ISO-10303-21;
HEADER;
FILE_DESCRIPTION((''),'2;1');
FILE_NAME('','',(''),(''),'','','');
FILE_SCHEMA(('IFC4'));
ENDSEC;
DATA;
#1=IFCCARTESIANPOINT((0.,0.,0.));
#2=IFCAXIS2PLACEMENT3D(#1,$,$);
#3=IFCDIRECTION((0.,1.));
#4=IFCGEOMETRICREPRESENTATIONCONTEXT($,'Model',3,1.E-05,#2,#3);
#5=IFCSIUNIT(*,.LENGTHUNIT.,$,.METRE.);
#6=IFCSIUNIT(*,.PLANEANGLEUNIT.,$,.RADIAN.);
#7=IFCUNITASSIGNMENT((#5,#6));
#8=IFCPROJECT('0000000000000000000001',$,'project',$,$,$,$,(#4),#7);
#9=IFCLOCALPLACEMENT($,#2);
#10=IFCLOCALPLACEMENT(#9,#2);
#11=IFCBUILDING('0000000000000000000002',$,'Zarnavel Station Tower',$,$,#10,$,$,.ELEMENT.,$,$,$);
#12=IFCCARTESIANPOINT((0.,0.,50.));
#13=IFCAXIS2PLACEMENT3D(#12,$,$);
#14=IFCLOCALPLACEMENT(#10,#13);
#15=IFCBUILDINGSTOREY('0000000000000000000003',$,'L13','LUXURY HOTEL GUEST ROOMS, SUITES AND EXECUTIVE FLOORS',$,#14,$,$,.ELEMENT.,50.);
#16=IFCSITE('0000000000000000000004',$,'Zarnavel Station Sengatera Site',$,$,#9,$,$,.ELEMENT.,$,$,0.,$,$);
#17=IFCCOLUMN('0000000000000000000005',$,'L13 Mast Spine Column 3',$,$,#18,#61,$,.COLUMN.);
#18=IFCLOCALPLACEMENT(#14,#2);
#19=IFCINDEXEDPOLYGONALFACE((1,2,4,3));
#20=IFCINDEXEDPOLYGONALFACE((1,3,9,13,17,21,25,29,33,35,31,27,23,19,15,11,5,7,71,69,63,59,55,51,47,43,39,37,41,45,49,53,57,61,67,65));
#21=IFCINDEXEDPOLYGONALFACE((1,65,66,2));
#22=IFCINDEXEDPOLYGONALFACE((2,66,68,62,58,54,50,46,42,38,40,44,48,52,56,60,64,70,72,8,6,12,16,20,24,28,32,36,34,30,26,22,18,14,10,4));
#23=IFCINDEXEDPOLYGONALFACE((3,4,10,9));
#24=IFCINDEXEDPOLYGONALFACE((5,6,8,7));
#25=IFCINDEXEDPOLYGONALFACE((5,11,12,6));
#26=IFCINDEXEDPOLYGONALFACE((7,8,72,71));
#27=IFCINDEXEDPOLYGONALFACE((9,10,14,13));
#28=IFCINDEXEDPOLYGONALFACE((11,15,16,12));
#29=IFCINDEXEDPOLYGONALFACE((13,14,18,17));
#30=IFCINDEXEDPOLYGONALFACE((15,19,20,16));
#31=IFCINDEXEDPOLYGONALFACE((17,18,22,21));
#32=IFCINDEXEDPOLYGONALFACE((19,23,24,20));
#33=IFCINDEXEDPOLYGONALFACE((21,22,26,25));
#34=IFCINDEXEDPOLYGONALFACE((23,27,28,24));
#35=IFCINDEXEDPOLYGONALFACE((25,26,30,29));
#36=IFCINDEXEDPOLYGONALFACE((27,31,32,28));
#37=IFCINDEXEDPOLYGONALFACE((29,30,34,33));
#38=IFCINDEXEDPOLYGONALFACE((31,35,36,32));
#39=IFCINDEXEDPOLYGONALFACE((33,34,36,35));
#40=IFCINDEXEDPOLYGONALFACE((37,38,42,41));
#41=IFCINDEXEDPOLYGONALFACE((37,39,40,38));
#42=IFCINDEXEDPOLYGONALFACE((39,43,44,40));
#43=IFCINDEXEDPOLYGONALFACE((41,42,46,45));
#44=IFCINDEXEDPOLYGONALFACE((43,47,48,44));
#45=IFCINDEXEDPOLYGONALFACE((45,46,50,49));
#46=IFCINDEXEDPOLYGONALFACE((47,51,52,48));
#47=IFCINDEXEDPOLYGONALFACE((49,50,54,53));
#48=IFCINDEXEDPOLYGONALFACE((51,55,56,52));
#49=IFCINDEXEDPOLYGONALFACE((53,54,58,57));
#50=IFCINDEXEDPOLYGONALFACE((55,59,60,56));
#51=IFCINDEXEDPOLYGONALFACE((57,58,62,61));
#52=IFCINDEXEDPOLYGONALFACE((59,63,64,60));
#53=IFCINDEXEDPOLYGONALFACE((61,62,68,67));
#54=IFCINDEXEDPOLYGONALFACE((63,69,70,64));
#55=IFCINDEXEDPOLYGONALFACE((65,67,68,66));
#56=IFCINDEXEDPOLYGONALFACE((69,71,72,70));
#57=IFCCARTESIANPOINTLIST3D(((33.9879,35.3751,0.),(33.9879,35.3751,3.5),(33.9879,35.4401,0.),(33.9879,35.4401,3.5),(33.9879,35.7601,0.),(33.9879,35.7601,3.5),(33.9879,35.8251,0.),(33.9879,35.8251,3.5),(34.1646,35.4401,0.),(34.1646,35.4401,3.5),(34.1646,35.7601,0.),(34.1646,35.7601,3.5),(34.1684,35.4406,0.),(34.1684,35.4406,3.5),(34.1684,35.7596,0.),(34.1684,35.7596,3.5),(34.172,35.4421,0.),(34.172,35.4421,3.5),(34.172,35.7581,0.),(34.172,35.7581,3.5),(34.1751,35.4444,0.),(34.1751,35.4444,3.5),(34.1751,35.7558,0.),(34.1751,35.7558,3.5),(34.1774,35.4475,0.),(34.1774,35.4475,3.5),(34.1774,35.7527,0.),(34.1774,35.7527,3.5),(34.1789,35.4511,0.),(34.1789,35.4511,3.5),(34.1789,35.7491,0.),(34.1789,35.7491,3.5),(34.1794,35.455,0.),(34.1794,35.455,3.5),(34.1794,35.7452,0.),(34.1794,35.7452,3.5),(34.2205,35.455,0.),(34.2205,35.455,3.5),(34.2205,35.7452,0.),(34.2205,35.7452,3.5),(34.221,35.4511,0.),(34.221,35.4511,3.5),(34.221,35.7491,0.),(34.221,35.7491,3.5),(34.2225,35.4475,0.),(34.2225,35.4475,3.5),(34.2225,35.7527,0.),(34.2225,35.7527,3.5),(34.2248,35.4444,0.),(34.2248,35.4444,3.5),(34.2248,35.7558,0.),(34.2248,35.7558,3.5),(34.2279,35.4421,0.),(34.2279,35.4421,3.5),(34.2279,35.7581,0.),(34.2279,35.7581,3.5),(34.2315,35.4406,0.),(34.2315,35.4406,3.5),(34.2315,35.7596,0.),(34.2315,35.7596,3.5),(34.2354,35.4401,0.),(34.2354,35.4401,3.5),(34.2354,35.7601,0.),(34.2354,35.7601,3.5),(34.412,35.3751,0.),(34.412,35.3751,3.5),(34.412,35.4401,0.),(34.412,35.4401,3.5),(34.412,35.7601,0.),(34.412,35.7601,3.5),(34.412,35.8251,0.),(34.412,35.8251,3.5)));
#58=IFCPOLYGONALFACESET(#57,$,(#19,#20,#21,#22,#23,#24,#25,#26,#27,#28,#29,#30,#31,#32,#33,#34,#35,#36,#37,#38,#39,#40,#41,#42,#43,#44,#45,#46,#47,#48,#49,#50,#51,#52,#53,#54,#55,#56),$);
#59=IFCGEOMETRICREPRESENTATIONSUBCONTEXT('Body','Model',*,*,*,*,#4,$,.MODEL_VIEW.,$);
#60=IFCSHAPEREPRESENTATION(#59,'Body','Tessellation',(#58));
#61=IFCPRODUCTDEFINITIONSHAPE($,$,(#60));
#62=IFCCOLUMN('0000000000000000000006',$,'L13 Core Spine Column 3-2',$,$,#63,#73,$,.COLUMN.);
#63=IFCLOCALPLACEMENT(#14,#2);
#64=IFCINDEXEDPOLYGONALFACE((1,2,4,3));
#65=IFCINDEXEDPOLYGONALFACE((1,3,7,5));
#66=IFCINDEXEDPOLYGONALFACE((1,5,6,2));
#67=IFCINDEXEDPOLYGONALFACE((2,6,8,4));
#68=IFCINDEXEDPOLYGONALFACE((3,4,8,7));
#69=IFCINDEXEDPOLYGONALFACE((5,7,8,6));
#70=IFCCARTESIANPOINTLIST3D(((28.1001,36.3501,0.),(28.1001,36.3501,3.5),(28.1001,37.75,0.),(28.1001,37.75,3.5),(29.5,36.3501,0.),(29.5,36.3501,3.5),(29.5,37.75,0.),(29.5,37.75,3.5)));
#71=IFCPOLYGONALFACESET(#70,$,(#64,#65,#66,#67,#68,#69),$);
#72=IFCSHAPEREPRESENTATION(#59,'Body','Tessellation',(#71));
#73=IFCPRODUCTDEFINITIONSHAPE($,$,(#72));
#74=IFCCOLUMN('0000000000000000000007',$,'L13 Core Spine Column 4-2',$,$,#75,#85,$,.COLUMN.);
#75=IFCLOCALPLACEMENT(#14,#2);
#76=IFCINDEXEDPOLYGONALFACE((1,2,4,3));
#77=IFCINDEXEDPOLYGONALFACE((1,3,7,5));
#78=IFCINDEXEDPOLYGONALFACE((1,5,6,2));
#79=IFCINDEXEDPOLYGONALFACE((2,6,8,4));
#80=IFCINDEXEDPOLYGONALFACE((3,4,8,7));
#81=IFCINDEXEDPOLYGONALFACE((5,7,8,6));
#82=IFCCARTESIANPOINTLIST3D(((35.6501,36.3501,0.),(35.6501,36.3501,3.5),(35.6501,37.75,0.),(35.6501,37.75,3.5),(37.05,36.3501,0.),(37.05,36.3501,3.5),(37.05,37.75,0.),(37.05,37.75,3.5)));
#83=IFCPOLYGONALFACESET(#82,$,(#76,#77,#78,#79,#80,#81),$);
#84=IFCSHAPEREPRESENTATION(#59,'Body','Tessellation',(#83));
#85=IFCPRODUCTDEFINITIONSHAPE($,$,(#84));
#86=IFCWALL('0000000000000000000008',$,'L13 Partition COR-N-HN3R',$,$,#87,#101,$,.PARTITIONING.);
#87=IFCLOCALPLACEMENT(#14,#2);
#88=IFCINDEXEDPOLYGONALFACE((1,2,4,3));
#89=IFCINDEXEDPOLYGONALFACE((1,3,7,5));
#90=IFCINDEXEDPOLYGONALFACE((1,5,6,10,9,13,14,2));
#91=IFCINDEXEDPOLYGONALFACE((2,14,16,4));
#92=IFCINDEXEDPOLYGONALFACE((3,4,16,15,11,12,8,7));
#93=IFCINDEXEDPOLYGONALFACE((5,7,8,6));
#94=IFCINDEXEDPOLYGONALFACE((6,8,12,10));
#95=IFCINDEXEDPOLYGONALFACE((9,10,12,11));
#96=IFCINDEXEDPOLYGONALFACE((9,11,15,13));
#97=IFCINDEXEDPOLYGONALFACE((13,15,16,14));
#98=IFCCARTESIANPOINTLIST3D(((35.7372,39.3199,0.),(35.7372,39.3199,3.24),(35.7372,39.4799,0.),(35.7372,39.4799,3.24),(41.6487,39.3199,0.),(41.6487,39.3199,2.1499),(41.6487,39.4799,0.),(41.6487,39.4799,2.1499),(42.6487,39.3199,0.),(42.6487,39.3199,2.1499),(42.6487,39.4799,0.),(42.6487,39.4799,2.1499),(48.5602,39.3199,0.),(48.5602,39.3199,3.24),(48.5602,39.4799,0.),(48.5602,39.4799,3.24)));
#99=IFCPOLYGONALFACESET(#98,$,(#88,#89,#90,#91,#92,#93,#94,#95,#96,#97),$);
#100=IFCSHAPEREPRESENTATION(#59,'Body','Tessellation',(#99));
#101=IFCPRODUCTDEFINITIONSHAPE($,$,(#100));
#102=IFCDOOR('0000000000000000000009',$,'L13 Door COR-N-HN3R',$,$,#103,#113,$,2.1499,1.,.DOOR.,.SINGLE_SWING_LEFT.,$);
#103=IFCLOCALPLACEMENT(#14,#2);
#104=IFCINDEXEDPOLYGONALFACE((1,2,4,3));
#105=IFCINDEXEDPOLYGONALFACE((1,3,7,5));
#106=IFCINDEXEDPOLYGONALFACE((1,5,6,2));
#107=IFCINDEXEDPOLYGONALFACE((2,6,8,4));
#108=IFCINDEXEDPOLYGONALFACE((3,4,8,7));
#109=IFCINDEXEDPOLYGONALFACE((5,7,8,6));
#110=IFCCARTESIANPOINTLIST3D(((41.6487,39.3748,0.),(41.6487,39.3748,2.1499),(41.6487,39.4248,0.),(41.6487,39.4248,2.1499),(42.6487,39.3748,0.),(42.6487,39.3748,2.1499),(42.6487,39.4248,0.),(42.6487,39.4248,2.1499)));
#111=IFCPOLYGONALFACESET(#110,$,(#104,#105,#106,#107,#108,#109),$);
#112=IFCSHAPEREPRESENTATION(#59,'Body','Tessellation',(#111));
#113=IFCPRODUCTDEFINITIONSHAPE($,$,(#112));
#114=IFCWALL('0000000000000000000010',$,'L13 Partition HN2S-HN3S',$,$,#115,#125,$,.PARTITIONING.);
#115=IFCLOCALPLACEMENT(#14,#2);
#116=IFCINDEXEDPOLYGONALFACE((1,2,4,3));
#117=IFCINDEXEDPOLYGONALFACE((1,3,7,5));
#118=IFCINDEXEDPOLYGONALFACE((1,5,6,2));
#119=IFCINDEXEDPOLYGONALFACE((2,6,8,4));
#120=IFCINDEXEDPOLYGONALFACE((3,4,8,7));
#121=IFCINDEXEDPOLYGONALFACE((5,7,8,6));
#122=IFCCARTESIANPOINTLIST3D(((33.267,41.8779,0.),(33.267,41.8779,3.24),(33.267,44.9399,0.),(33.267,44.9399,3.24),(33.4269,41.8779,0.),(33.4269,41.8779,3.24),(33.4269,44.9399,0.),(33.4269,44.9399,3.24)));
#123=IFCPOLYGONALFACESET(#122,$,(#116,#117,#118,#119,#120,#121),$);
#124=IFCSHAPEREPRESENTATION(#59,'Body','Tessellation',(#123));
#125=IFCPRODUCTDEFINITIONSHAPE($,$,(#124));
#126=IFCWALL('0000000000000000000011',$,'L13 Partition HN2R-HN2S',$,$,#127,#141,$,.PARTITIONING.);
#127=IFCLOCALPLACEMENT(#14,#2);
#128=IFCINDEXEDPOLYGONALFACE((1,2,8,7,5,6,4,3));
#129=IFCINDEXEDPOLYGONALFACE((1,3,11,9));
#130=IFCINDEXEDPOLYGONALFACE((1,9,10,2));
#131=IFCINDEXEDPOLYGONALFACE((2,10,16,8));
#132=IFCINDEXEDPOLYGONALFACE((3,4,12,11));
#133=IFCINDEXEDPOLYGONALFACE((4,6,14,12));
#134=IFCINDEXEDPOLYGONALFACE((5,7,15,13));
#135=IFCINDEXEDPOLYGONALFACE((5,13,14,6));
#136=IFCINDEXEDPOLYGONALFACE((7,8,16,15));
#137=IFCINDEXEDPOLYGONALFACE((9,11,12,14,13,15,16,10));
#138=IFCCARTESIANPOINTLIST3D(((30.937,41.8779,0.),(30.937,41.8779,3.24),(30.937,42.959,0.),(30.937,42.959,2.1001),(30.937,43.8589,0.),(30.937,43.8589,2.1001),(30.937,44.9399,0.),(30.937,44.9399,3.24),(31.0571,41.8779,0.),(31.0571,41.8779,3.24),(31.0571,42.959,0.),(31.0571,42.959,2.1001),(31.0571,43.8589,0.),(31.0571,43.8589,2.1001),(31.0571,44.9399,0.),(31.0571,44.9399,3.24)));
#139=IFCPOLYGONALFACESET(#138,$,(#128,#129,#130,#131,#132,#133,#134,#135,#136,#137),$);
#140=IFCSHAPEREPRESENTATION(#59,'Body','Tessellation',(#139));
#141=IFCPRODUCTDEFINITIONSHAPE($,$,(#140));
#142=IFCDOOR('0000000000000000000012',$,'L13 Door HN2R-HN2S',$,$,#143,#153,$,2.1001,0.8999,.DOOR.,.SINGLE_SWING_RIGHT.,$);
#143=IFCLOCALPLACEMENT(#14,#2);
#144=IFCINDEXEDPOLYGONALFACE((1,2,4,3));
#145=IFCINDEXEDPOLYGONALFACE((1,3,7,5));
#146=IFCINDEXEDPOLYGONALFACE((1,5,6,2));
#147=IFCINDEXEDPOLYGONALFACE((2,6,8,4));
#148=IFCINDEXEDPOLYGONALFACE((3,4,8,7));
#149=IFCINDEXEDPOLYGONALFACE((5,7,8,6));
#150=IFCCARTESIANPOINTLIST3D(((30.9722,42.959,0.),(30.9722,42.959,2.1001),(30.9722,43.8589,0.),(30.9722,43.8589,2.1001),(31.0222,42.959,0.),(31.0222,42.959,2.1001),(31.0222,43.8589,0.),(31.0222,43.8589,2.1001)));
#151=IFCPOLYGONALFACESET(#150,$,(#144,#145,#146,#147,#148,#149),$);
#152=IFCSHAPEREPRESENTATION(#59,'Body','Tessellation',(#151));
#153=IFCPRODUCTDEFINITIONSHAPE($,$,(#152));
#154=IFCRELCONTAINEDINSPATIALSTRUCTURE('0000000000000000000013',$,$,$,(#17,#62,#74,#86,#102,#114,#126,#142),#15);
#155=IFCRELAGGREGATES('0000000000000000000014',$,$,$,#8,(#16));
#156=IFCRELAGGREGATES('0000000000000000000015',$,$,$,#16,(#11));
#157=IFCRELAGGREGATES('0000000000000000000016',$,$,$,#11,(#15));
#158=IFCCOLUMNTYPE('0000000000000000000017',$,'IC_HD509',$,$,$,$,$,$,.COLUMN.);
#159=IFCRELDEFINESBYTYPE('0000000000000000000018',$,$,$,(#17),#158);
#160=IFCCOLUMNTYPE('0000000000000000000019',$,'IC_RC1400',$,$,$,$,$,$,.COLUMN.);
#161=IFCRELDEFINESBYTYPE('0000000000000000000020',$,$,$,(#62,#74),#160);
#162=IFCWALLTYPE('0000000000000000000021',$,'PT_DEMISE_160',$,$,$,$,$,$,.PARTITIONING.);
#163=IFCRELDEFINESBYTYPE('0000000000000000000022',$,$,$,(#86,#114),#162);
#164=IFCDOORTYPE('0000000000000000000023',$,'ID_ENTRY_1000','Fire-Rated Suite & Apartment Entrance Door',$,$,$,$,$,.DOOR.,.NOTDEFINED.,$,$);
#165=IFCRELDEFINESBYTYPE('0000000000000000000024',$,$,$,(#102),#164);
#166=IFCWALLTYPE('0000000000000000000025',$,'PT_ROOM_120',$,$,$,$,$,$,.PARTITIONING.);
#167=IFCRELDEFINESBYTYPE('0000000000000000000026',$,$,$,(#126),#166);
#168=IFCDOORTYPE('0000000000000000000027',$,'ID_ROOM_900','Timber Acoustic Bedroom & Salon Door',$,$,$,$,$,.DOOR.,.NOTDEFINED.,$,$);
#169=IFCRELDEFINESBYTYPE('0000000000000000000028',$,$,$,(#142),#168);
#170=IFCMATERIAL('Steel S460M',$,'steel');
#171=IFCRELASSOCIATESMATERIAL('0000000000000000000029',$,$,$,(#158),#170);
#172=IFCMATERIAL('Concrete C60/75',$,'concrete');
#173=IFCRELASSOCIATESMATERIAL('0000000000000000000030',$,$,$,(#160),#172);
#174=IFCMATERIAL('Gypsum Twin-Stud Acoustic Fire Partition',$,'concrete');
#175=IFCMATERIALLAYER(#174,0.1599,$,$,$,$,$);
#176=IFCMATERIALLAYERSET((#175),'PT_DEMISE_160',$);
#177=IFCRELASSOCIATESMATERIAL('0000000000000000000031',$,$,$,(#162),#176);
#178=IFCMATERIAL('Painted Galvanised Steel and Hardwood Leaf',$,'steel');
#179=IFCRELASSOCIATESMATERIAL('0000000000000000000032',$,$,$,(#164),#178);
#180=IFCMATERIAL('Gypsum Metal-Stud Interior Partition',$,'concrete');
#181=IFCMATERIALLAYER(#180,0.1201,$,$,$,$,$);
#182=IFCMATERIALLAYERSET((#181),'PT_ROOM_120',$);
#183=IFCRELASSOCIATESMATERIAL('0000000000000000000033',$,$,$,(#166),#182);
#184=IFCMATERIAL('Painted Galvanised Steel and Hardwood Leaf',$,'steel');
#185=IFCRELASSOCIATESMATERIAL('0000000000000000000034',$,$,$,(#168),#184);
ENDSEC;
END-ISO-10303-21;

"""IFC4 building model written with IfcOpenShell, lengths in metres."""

from ifc_helpers import new_model, si_unit, direction, frame, frame_2d, origin, origin_2d, place, context, subcontext, project, spatial, rectangle, i_section, extrude, material, layer, layer_set, material_profile, profile_set, type_object, element, fill, save


model = new_model("IFC4")

# Units and contexts
model_context = context("Model", 3, precision=1e-05, world=origin(), true_north=direction((0.0, 1.0)))
body_context = subcontext(model_context, "Body", "Model", "MODEL_VIEW")
ifc_project = project(units=[si_unit("LENGTHUNIT", "METRE"), si_unit("PLANEANGLEUNIT", "RADIAN")], contexts=[model_context])

# Site, building, storey
site_placement = place(None, origin())
site = spatial("IfcSite", under=ifc_project, at=site_placement, Name="Zarnavel Station Sengatera Site", CompositionType="ELEMENT", RefElevation=0.0)
building_placement = place(site_placement, origin())
building = spatial("IfcBuilding", under=site, at=building_placement, Name="Zarnavel Station Tower", CompositionType="ELEMENT")
storey_placement = place(building_placement, frame((0.0, 0.0, 50.0)))
storey = spatial("IfcBuildingStorey", under=building, at=storey_placement, Name="L13", Description="LUXURY HOTEL GUEST ROOMS, SUITES AND EXECUTIVE FLOORS", CompositionType="ELEMENT", Elevation=50.0)

# Columns
ifc_material_1 = material(Name="Steel S460M", Category="steel")
ifc_material_profile_1 = material_profile(ifc_material_1, i_section(OverallWidth=0.4241, OverallDepth=0.45, WebThickness=0.041, FlangeThickness=0.0649, FilletRadius=0.0149, at=origin_2d()), Name="HD400x509")
ifc_profile_set_1 = profile_set([ifc_material_profile_1], Name="Steel S460M")
column_type_1 = type_object("IfcColumnType", Name="IC_HD509", PredefinedType="COLUMN", material=ifc_profile_set_1)
column_placement = place(storey_placement, frame((34.2, 35.6001, 0.0), z_axis=(0.0, 0.0, 1.0), x_axis=(1.0, 0.0, 0.0)))
element("IfcColumn", 1, at=column_placement, inside=storey, type_object=column_type_1, Name="L13 Mast Spine Column 3", PredefinedType="COLUMN", context=body_context, shape_type="SweptSolid", body=[
    extrude(i_section(OverallWidth=0.4241, OverallDepth=0.45, WebThickness=0.041, FlangeThickness=0.0649, FilletRadius=0.0149, at=origin_2d()), origin(), (0.0, 0.0, 1.0), 3.5),
])
ifc_material_2 = material(Name="Concrete C60/75", Category="concrete")
ifc_material_profile_2 = material_profile(ifc_material_2, rectangle(XDim=1.3999, YDim=1.3999, at=origin_2d()), Name="RC1400x1400")
ifc_profile_set_2 = profile_set([ifc_material_profile_2], Name="Concrete C60/75")
column_type_2 = type_object("IfcColumnType", Name="IC_RC1400", PredefinedType="COLUMN", material=ifc_profile_set_2)
for number, where, z_axis, x_axis, name in (
    (2, (28.8, 37.05, 0.0), (0.0, 0.0, 1.0), (1.0, 0.0, 0.0), "L13 Core Spine Column 3-2"),
    (3, (36.3501, 37.05, 0.0), (0.0, 0.0, 1.0), (1.0, 0.0, 0.0), "L13 Core Spine Column 4-2"),
):
    element("IfcColumn", number, at=place(storey_placement, frame(where, z_axis=z_axis, x_axis=x_axis)), inside=storey, type_object=column_type_2, Name=name, PredefinedType="COLUMN", context=body_context, shape_type="SweptSolid", body=[
        extrude(rectangle(XDim=1.3999, YDim=1.3999, at=origin_2d()), origin(), (0.0, 0.0, 1.0), 3.5),
    ])

# Wall, opening, door
ifc_material_3 = material(Name="Gypsum Twin-Stud Acoustic Fire Partition", Category="concrete")
ifc_layer_1 = layer(ifc_material_3, 0.1599)
ifc_layer_set_1 = layer_set([ifc_layer_1], Name="PT_DEMISE_160")
wall_type_1 = type_object("IfcWallType", Name="PT_DEMISE_160", PredefinedType="PARTITIONING", material=ifc_layer_set_1)
wall_1_placement = place(storey_placement, frame((35.7371, 39.3999, 0.0), z_axis=(0.0, 0.0, 1.0), x_axis=(1.0, 0.0, 0.0)))
wall_1 = element("IfcWall", 4, at=wall_1_placement, inside=storey, type_object=wall_type_1, Name="L13 Partition COR-N-HN3R", PredefinedType="PARTITIONING", context=body_context, shape_type="SweptSolid", body=[
    extrude(rectangle(XDim=12.823, YDim=0.1599, at=frame_2d((6.4116, 0.0))), origin(), (0.0, 0.0, 1.0), 3.24),
])
opening_1_placement = place(wall_1_placement, frame((5.9116, 0.0, 0.0)))
opening_1 = element("IfcOpeningElement", 5, at=opening_1_placement, cuts=wall_1, PredefinedType="OPENING", context=body_context, shape_type="SweptSolid", body=[
    extrude(rectangle(XDim=1.0, YDim=2.1499, at=frame_2d((0.5, 1.075))), frame((0.0, 0.0898, 0.0), z_axis=(0.0, -1.0, 0.0), x_axis=(1.0, 0.0, 0.0)), (0.0, 0.0, 1.0), 0.1799),
])
ifc_material_4 = material(Name="Painted Galvanised Steel and Hardwood Leaf", Category="steel")
door_type_1 = type_object("IfcDoorType", Name="ID_ENTRY_1000", Description="Fire-Rated Suite & Apartment Entrance Door", OperationType="NOTDEFINED", PredefinedType="DOOR", material=ifc_material_4)
door_1_placement = place(opening_1_placement, origin())
door_1 = element("IfcDoor", 6, at=door_1_placement, inside=storey, type_object=door_type_1, Name="L13 Door COR-N-HN3R", OperationType="SINGLE_SWING_LEFT", OverallHeight=2.1499, OverallWidth=1.0, PredefinedType="DOOR", context=body_context, shape_type="SweptSolid", body=[
    extrude(rectangle(XDim=1.0, YDim=2.1499, at=frame_2d((0.5, 1.075))), frame((0.0, 0.0249, 0.0), z_axis=(0.0, -1.0, 0.0), x_axis=(1.0, 0.0, 0.0)), (0.0, 0.0, 1.0), 0.05),
])
fill(opening_1, door_1)

# Wall
wall_2_placement = place(storey_placement, frame((33.3469, 41.8779, 0.0), z_axis=(0.0, 0.0, 1.0), x_axis=(0.0, 1.0, 0.0)))
element("IfcWall", 7, at=wall_2_placement, inside=storey, type_object=wall_type_1, Name="L13 Partition HN2S-HN3S", PredefinedType="PARTITIONING", context=body_context, shape_type="SweptSolid", body=[
    extrude(rectangle(XDim=3.062, YDim=0.1599, at=frame_2d((1.531, 0.0))), origin(), (0.0, 0.0, 1.0), 3.24),
])

# Wall, opening, door
ifc_material_5 = material(Name="Gypsum Metal-Stud Interior Partition", Category="concrete")
ifc_layer_2 = layer(ifc_material_5, 0.1201)
ifc_layer_set_2 = layer_set([ifc_layer_2], Name="PT_ROOM_120")
wall_type_2 = type_object("IfcWallType", Name="PT_ROOM_120", PredefinedType="PARTITIONING", material=ifc_layer_set_2)
wall_3_placement = place(storey_placement, frame((30.9971, 41.8779, 0.0), z_axis=(0.0, 0.0, 1.0), x_axis=(0.0, 1.0, 0.0)))
wall_3 = element("IfcWall", 8, at=wall_3_placement, inside=storey, type_object=wall_type_2, Name="L13 Partition HN2R-HN2S", PredefinedType="PARTITIONING", context=body_context, shape_type="SweptSolid", body=[
    extrude(rectangle(XDim=3.062, YDim=0.1201, at=frame_2d((1.531, 0.0))), origin(), (0.0, 0.0, 1.0), 3.24),
])
opening_2_placement = place(wall_3_placement, frame((1.0811, 0.0, 0.0)))
opening_2 = element("IfcOpeningElement", 9, at=opening_2_placement, cuts=wall_3, PredefinedType="OPENING", context=body_context, shape_type="SweptSolid", body=[
    extrude(rectangle(XDim=0.8999, YDim=2.1001, at=frame_2d((0.45, 1.05))), frame((0.0, 0.0701, 0.0), z_axis=(0.0, -1.0, 0.0), x_axis=(1.0, 0.0, 0.0)), (0.0, 0.0, 1.0), 0.1401),
])
ifc_material_6 = material(Name="Painted Galvanised Steel and Hardwood Leaf", Category="steel")
door_type_2 = type_object("IfcDoorType", Name="ID_ROOM_900", Description="Timber Acoustic Bedroom & Salon Door", OperationType="NOTDEFINED", PredefinedType="DOOR", material=ifc_material_6)
door_2_placement = place(opening_2_placement, origin())
door_2 = element("IfcDoor", 10, at=door_2_placement, inside=storey, type_object=door_type_2, Name="L13 Door HN2R-HN2S", OperationType="SINGLE_SWING_RIGHT", OverallHeight=2.1001, OverallWidth=0.8999, PredefinedType="DOOR", context=body_context, shape_type="SweptSolid", body=[
    extrude(rectangle(XDim=0.8999, YDim=2.1001, at=frame_2d((0.45, 1.05))), frame((0.0, 0.0249, 0.0), z_axis=(0.0, -1.0, 0.0), x_axis=(1.0, 0.0, 0.0)), (0.0, 0.0, 1.0), 0.05),
])
fill(opening_2, door_2)

save(model, "model.ifc")
